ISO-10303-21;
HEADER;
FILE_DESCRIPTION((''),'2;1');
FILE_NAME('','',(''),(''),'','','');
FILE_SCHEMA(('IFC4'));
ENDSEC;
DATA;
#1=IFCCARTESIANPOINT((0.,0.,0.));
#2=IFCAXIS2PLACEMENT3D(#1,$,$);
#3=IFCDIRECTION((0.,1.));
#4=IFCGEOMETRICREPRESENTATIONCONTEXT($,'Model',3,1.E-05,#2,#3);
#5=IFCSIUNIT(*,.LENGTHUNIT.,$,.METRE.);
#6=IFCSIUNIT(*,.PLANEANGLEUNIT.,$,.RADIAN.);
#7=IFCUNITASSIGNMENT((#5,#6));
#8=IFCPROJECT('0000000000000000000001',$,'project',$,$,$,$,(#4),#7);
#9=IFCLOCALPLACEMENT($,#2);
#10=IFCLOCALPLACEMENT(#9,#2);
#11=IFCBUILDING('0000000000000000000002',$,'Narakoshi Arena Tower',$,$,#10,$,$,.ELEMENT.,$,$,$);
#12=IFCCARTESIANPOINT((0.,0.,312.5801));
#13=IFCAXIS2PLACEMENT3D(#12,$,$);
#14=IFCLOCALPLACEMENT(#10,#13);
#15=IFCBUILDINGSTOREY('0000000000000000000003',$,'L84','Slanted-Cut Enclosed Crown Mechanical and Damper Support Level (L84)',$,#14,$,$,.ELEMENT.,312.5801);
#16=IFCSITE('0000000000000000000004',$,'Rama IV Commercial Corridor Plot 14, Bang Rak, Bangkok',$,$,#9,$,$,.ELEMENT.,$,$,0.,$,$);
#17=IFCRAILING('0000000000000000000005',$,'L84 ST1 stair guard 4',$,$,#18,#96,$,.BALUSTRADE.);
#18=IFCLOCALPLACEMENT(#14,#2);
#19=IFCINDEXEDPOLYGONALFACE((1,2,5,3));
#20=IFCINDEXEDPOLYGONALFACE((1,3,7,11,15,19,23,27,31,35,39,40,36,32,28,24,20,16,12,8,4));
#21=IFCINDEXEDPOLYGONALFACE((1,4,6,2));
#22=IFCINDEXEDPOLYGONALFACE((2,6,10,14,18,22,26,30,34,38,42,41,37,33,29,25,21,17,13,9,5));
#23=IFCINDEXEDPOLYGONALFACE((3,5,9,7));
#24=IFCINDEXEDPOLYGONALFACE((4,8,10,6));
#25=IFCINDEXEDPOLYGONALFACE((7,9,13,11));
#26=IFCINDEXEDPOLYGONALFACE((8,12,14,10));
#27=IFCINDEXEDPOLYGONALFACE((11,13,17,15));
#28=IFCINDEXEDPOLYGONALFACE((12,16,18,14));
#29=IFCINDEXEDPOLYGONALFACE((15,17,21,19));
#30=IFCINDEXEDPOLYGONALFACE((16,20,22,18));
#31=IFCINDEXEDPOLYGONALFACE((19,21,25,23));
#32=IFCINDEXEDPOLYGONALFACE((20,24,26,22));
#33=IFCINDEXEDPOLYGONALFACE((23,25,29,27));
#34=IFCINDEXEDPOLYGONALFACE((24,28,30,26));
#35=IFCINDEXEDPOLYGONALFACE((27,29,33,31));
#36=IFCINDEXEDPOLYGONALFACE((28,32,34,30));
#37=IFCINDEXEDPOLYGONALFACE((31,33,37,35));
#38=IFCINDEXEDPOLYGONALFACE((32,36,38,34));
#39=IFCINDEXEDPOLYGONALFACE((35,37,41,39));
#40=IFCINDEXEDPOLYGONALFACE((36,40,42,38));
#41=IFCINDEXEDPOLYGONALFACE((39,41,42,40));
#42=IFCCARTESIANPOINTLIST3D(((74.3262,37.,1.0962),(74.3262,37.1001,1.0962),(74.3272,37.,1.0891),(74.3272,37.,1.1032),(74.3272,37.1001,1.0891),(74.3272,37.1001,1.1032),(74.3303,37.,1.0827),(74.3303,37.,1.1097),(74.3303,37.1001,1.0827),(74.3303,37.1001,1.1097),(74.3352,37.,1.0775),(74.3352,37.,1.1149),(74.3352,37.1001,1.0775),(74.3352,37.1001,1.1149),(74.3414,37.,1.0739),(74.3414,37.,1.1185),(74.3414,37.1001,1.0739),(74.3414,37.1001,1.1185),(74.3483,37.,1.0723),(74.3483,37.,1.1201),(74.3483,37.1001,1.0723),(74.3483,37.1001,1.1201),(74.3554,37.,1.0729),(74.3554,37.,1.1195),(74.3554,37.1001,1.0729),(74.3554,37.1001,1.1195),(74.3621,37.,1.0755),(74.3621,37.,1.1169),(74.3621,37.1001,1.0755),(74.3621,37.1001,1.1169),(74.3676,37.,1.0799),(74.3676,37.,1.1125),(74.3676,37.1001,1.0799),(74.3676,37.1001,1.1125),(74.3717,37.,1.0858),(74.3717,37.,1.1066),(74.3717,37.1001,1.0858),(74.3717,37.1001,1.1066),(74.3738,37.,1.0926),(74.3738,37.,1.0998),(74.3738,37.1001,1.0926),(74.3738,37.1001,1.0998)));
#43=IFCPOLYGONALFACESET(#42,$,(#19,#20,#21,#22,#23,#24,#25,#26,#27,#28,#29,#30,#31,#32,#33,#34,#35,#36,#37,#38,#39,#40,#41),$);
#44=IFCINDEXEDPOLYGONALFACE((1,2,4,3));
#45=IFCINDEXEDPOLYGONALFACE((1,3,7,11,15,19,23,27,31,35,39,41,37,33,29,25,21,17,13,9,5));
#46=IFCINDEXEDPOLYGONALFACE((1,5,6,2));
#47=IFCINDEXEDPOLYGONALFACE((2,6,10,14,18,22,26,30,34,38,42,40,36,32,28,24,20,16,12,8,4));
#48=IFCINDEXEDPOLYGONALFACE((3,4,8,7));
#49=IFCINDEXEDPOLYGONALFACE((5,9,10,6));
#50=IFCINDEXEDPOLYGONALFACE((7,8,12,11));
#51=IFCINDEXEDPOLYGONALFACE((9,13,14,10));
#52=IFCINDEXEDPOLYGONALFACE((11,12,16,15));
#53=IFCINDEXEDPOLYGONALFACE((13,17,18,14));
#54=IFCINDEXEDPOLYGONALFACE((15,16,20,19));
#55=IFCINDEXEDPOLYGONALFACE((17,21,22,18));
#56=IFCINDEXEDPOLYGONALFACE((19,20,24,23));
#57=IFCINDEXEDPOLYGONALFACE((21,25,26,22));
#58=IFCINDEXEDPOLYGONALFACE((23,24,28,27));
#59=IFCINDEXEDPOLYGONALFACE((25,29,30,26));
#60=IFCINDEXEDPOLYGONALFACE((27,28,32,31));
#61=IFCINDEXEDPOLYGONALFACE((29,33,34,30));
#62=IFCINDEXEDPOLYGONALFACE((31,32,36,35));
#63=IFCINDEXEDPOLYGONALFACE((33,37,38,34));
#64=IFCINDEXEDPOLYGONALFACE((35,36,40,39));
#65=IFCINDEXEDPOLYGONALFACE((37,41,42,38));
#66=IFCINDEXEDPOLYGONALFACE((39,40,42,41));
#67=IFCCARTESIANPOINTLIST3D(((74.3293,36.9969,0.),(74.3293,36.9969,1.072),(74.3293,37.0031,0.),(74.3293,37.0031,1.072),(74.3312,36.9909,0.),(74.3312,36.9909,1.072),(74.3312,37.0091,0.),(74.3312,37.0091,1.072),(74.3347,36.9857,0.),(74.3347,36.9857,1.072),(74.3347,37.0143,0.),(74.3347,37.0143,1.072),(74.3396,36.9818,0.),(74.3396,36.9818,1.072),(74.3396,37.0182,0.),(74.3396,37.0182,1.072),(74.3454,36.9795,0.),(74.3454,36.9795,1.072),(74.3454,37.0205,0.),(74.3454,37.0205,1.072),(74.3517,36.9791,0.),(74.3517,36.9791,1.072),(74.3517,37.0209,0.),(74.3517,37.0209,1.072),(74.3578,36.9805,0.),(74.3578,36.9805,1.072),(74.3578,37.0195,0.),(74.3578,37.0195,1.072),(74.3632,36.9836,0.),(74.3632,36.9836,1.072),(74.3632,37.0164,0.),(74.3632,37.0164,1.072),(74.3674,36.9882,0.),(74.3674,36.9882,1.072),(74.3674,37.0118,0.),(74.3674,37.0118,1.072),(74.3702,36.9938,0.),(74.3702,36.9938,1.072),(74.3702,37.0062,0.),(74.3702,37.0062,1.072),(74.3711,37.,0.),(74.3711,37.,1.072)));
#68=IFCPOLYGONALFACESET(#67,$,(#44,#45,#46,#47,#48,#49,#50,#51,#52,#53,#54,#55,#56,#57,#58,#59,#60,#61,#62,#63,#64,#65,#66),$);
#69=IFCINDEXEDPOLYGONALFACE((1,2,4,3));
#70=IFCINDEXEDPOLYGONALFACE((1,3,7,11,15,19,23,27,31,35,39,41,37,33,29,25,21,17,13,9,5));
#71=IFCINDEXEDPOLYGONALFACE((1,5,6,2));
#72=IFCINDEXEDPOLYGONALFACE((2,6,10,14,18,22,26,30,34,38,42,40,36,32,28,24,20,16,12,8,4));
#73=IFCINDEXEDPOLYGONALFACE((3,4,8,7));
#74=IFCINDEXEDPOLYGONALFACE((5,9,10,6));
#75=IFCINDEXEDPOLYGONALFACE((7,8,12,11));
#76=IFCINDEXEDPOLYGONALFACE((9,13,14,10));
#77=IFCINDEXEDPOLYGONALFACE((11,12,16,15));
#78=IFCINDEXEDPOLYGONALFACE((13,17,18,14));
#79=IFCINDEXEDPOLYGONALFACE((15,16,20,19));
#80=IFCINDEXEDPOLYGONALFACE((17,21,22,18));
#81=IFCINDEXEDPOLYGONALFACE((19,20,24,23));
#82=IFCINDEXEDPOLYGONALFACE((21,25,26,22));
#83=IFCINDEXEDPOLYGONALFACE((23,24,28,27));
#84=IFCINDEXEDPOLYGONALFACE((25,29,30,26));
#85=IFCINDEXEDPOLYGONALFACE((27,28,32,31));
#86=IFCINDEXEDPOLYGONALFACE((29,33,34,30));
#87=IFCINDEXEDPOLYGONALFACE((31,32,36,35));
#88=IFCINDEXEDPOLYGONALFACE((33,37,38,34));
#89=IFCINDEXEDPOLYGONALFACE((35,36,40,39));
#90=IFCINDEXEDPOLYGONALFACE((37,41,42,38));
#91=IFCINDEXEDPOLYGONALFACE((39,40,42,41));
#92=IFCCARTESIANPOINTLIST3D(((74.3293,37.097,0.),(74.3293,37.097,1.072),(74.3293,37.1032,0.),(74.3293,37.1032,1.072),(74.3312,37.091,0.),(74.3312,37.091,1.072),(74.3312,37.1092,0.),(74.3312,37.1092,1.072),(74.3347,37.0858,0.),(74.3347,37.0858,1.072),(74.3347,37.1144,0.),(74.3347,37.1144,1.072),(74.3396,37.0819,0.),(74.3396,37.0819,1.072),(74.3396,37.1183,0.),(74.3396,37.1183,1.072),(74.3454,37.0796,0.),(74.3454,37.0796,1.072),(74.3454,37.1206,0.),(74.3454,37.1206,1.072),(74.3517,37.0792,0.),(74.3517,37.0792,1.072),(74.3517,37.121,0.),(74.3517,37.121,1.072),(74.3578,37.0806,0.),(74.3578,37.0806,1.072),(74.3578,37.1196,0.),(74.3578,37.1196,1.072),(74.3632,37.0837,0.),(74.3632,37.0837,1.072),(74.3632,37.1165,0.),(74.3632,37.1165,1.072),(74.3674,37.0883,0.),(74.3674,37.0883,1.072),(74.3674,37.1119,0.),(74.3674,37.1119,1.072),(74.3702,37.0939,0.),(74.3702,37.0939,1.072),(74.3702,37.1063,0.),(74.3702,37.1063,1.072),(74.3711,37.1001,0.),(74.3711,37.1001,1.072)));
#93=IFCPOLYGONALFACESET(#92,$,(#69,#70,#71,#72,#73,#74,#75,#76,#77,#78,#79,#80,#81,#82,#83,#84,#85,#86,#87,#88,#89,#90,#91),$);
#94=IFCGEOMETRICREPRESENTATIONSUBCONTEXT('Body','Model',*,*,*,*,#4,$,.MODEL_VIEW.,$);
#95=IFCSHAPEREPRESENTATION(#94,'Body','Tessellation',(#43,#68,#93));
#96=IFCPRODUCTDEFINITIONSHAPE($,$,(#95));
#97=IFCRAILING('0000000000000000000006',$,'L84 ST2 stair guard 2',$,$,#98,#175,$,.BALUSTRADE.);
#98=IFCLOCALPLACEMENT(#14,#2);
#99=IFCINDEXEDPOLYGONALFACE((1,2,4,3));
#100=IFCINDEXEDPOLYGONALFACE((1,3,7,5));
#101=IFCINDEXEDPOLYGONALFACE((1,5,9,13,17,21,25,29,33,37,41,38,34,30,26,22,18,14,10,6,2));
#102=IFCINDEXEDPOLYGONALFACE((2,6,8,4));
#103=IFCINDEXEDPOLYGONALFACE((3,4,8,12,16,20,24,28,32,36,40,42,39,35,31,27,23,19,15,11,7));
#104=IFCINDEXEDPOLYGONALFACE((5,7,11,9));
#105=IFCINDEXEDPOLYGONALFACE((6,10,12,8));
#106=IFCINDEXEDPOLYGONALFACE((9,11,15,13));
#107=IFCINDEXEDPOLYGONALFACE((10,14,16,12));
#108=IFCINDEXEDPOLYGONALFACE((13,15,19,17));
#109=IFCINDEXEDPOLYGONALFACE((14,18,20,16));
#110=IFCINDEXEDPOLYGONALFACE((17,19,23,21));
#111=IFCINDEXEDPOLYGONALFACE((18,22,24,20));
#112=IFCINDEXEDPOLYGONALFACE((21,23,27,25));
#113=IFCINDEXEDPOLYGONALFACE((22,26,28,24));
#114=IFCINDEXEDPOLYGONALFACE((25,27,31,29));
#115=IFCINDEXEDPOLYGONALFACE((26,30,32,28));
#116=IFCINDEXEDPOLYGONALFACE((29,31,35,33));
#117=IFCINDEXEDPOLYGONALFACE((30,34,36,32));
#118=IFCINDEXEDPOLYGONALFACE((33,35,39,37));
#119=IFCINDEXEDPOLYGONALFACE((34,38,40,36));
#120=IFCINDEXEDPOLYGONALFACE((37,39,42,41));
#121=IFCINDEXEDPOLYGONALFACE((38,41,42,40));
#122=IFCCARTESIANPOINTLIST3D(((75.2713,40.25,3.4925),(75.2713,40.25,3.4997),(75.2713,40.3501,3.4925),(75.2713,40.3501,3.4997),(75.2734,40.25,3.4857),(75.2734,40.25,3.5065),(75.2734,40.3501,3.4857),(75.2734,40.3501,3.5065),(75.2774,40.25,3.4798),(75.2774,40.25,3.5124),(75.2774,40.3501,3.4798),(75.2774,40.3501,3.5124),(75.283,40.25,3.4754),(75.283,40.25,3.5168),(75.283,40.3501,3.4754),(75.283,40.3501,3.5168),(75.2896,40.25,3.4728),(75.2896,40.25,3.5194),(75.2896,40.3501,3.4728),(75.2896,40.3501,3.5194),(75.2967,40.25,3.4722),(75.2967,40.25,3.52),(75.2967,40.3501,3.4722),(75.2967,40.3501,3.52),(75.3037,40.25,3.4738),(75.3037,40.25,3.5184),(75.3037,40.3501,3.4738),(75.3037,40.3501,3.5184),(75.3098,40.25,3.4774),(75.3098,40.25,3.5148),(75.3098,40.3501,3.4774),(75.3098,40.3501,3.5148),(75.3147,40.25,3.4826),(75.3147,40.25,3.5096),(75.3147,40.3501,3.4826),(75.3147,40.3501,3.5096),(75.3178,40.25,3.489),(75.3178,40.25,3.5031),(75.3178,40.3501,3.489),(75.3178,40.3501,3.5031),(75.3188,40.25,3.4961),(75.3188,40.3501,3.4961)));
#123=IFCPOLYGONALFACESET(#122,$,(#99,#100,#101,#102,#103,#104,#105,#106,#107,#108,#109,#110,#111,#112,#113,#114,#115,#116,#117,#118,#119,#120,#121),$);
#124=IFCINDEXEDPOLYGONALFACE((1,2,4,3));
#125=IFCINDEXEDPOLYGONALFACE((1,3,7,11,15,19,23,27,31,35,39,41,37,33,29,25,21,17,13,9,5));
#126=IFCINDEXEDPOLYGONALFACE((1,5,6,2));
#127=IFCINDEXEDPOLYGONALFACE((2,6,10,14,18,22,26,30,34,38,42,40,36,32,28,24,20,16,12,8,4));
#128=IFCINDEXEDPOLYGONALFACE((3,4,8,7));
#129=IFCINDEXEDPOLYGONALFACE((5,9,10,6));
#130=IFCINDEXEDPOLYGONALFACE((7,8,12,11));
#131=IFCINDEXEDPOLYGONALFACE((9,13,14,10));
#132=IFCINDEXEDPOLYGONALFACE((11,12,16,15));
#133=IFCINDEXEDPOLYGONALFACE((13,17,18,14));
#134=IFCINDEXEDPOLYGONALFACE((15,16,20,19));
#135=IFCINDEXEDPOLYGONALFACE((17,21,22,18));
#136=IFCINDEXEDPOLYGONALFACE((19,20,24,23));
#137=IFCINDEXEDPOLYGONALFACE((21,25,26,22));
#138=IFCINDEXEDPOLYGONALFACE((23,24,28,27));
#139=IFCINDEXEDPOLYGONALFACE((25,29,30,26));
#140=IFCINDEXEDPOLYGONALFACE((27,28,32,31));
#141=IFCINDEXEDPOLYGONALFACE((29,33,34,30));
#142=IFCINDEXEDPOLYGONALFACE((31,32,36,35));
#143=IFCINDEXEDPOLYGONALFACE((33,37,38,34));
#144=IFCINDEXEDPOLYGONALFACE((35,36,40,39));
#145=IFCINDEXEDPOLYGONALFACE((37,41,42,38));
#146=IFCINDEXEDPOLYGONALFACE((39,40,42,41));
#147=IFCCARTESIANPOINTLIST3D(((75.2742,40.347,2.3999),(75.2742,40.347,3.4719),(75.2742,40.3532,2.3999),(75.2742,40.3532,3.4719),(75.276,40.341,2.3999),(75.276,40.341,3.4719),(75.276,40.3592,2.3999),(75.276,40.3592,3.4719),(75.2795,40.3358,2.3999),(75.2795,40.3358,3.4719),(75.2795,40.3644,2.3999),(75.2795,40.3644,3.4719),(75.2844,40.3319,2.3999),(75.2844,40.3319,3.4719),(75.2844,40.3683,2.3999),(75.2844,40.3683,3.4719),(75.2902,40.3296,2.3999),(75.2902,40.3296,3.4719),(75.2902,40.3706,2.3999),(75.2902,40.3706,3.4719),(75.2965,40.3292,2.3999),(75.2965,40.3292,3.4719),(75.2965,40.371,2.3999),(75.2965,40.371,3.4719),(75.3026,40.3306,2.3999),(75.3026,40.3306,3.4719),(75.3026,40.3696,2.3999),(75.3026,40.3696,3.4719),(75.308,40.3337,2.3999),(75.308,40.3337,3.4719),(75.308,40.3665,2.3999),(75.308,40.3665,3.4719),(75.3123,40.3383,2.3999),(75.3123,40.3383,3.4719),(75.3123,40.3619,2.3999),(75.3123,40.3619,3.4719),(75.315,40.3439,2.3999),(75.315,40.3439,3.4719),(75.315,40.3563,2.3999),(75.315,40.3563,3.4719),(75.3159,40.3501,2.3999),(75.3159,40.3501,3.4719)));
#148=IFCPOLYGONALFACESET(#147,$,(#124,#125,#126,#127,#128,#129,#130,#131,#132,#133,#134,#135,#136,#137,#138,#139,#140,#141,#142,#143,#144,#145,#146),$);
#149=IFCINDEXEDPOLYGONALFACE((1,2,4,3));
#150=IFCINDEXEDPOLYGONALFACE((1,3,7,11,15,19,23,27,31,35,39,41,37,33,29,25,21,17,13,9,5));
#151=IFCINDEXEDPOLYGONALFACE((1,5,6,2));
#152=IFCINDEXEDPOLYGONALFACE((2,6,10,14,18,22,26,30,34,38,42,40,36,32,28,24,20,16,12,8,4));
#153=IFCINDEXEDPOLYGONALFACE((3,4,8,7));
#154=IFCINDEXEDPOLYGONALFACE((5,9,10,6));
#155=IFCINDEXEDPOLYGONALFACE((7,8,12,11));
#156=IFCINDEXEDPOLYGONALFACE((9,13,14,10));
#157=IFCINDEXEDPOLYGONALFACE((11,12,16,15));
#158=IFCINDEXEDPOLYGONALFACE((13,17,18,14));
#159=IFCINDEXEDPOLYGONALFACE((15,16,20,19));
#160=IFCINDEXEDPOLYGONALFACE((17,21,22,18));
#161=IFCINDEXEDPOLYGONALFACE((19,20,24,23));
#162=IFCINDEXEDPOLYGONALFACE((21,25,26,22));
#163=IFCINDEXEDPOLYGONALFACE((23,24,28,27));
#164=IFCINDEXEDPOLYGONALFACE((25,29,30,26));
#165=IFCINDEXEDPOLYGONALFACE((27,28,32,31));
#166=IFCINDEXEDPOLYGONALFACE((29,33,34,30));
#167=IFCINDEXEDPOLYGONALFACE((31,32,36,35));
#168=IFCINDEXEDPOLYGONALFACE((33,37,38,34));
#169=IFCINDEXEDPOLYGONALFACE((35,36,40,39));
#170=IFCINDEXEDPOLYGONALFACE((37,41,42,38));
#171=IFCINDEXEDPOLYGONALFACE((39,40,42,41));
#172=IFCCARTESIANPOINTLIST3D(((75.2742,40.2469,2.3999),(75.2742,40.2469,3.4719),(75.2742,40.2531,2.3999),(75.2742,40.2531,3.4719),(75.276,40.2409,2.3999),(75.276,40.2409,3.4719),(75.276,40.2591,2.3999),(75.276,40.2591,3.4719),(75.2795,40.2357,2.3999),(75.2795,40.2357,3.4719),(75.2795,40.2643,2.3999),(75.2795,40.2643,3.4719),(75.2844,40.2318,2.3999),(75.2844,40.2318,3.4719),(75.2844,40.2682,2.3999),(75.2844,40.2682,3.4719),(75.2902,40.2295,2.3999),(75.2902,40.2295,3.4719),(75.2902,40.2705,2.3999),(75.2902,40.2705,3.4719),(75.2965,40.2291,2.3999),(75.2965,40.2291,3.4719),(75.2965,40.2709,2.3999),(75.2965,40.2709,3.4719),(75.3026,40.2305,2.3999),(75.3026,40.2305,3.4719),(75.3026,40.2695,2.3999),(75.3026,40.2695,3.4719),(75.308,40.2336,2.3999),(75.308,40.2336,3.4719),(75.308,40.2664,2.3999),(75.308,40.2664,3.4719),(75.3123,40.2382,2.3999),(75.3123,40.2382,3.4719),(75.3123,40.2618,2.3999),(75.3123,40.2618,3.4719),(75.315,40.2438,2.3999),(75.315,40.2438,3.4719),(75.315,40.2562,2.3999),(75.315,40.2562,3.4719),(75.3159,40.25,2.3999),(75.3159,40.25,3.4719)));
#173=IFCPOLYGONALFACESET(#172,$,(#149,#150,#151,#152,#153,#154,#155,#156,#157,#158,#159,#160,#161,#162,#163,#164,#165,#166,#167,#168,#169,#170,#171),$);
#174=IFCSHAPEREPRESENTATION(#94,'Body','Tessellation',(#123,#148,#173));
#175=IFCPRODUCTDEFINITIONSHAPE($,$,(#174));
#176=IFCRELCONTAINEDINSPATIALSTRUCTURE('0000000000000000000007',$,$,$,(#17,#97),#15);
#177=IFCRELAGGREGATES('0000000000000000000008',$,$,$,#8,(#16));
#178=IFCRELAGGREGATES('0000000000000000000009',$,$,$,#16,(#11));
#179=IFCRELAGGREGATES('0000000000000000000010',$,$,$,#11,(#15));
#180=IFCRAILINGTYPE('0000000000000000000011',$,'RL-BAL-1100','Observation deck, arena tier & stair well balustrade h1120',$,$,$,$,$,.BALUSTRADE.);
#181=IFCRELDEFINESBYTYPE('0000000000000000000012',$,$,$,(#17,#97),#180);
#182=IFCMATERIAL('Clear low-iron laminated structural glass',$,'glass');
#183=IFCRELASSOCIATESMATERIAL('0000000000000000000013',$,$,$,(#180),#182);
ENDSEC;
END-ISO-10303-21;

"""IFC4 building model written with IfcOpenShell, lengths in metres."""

from ifc_helpers import new_model, si_unit, direction, frame, origin, origin_2d, place, context, subcontext, project, spatial, circle, extrude, material, type_object, element, save


model = new_model("IFC4")

# Units and contexts
model_context = context("Model", 3, precision=1e-05, world=origin(), true_north=direction((0.0, 1.0)))
body_context = subcontext(model_context, "Body", "Model", "MODEL_VIEW")
ifc_project = project(units=[si_unit("LENGTHUNIT", "METRE"), si_unit("PLANEANGLEUNIT", "RADIAN")], contexts=[model_context])

# Site, building, storey
site_placement = place(None, origin())
site = spatial("IfcSite", under=ifc_project, at=site_placement, Name="Rama IV Commercial Corridor Plot 14, Bang Rak, Bangkok", CompositionType="ELEMENT", RefElevation=0.0)
building_placement = place(site_placement, origin())
building = spatial("IfcBuilding", under=site, at=building_placement, Name="Narakoshi Arena Tower", CompositionType="ELEMENT")
storey_placement = place(building_placement, frame((0.0, 0.0, 312.5801)))
storey = spatial("IfcBuildingStorey", under=building, at=storey_placement, Name="L84", Description="Slanted-Cut Enclosed Crown Mechanical and Damper Support Level (L84)", CompositionType="ELEMENT", Elevation=312.5801)

# Railings
ifc_material_1 = material(Name="Clear low-iron laminated structural glass", Category="glass")
railing_type_1 = type_object("IfcRailingType", Name="RL-BAL-1100", Description="Observation deck, arena tier & stair well balustrade h1120", PredefinedType="BALUSTRADE", material=ifc_material_1)
railing_1_placement = place(storey_placement, frame((74.3501, 37.0, 0.0)))
element("IfcRailing", 1, at=railing_1_placement, inside=storey, type_object=railing_type_1, Name="L84 ST1 stair guard 4", PredefinedType="BALUSTRADE", context=body_context, shape_type="SweptSolid", body=[
    extrude(circle(Radius=0.0239, at=origin_2d()), frame((0.0, 0.0, 1.0962), z_axis=(0.0, 1.0, 0.0), x_axis=(-1.0, 0.0, 0.0)), (0.0, 0.0, 1.0), 0.1001),
    extrude(circle(Radius=0.021, at=origin_2d()), origin(), (0.0, 0.0, 1.0), 1.072),
    extrude(circle(Radius=0.021, at=origin_2d()), frame((0.0, 0.1001, 0.0)), (0.0, 0.0, 1.0), 1.072),
])
railing_2_placement = place(storey_placement, frame((75.2949, 40.3501, 2.3999)))
element("IfcRailing", 2, at=railing_2_placement, inside=storey, type_object=railing_type_1, Name="L84 ST2 stair guard 2", PredefinedType="BALUSTRADE", context=body_context, shape_type="SweptSolid", body=[
    extrude(circle(Radius=0.0239, at=origin_2d()), frame((0.0, 0.0, 1.0962), z_axis=(0.0, -1.0, 0.0), x_axis=(1.0, 0.0, 0.0)), (0.0, 0.0, 1.0), 0.1001),
    extrude(circle(Radius=0.021, at=origin_2d()), origin(), (0.0, 0.0, 1.0), 1.072),
    extrude(circle(Radius=0.021, at=origin_2d()), frame((0.0, -0.1001, 0.0)), (0.0, 0.0, 1.0), 1.072),
])

save(model, "model.ifc")
